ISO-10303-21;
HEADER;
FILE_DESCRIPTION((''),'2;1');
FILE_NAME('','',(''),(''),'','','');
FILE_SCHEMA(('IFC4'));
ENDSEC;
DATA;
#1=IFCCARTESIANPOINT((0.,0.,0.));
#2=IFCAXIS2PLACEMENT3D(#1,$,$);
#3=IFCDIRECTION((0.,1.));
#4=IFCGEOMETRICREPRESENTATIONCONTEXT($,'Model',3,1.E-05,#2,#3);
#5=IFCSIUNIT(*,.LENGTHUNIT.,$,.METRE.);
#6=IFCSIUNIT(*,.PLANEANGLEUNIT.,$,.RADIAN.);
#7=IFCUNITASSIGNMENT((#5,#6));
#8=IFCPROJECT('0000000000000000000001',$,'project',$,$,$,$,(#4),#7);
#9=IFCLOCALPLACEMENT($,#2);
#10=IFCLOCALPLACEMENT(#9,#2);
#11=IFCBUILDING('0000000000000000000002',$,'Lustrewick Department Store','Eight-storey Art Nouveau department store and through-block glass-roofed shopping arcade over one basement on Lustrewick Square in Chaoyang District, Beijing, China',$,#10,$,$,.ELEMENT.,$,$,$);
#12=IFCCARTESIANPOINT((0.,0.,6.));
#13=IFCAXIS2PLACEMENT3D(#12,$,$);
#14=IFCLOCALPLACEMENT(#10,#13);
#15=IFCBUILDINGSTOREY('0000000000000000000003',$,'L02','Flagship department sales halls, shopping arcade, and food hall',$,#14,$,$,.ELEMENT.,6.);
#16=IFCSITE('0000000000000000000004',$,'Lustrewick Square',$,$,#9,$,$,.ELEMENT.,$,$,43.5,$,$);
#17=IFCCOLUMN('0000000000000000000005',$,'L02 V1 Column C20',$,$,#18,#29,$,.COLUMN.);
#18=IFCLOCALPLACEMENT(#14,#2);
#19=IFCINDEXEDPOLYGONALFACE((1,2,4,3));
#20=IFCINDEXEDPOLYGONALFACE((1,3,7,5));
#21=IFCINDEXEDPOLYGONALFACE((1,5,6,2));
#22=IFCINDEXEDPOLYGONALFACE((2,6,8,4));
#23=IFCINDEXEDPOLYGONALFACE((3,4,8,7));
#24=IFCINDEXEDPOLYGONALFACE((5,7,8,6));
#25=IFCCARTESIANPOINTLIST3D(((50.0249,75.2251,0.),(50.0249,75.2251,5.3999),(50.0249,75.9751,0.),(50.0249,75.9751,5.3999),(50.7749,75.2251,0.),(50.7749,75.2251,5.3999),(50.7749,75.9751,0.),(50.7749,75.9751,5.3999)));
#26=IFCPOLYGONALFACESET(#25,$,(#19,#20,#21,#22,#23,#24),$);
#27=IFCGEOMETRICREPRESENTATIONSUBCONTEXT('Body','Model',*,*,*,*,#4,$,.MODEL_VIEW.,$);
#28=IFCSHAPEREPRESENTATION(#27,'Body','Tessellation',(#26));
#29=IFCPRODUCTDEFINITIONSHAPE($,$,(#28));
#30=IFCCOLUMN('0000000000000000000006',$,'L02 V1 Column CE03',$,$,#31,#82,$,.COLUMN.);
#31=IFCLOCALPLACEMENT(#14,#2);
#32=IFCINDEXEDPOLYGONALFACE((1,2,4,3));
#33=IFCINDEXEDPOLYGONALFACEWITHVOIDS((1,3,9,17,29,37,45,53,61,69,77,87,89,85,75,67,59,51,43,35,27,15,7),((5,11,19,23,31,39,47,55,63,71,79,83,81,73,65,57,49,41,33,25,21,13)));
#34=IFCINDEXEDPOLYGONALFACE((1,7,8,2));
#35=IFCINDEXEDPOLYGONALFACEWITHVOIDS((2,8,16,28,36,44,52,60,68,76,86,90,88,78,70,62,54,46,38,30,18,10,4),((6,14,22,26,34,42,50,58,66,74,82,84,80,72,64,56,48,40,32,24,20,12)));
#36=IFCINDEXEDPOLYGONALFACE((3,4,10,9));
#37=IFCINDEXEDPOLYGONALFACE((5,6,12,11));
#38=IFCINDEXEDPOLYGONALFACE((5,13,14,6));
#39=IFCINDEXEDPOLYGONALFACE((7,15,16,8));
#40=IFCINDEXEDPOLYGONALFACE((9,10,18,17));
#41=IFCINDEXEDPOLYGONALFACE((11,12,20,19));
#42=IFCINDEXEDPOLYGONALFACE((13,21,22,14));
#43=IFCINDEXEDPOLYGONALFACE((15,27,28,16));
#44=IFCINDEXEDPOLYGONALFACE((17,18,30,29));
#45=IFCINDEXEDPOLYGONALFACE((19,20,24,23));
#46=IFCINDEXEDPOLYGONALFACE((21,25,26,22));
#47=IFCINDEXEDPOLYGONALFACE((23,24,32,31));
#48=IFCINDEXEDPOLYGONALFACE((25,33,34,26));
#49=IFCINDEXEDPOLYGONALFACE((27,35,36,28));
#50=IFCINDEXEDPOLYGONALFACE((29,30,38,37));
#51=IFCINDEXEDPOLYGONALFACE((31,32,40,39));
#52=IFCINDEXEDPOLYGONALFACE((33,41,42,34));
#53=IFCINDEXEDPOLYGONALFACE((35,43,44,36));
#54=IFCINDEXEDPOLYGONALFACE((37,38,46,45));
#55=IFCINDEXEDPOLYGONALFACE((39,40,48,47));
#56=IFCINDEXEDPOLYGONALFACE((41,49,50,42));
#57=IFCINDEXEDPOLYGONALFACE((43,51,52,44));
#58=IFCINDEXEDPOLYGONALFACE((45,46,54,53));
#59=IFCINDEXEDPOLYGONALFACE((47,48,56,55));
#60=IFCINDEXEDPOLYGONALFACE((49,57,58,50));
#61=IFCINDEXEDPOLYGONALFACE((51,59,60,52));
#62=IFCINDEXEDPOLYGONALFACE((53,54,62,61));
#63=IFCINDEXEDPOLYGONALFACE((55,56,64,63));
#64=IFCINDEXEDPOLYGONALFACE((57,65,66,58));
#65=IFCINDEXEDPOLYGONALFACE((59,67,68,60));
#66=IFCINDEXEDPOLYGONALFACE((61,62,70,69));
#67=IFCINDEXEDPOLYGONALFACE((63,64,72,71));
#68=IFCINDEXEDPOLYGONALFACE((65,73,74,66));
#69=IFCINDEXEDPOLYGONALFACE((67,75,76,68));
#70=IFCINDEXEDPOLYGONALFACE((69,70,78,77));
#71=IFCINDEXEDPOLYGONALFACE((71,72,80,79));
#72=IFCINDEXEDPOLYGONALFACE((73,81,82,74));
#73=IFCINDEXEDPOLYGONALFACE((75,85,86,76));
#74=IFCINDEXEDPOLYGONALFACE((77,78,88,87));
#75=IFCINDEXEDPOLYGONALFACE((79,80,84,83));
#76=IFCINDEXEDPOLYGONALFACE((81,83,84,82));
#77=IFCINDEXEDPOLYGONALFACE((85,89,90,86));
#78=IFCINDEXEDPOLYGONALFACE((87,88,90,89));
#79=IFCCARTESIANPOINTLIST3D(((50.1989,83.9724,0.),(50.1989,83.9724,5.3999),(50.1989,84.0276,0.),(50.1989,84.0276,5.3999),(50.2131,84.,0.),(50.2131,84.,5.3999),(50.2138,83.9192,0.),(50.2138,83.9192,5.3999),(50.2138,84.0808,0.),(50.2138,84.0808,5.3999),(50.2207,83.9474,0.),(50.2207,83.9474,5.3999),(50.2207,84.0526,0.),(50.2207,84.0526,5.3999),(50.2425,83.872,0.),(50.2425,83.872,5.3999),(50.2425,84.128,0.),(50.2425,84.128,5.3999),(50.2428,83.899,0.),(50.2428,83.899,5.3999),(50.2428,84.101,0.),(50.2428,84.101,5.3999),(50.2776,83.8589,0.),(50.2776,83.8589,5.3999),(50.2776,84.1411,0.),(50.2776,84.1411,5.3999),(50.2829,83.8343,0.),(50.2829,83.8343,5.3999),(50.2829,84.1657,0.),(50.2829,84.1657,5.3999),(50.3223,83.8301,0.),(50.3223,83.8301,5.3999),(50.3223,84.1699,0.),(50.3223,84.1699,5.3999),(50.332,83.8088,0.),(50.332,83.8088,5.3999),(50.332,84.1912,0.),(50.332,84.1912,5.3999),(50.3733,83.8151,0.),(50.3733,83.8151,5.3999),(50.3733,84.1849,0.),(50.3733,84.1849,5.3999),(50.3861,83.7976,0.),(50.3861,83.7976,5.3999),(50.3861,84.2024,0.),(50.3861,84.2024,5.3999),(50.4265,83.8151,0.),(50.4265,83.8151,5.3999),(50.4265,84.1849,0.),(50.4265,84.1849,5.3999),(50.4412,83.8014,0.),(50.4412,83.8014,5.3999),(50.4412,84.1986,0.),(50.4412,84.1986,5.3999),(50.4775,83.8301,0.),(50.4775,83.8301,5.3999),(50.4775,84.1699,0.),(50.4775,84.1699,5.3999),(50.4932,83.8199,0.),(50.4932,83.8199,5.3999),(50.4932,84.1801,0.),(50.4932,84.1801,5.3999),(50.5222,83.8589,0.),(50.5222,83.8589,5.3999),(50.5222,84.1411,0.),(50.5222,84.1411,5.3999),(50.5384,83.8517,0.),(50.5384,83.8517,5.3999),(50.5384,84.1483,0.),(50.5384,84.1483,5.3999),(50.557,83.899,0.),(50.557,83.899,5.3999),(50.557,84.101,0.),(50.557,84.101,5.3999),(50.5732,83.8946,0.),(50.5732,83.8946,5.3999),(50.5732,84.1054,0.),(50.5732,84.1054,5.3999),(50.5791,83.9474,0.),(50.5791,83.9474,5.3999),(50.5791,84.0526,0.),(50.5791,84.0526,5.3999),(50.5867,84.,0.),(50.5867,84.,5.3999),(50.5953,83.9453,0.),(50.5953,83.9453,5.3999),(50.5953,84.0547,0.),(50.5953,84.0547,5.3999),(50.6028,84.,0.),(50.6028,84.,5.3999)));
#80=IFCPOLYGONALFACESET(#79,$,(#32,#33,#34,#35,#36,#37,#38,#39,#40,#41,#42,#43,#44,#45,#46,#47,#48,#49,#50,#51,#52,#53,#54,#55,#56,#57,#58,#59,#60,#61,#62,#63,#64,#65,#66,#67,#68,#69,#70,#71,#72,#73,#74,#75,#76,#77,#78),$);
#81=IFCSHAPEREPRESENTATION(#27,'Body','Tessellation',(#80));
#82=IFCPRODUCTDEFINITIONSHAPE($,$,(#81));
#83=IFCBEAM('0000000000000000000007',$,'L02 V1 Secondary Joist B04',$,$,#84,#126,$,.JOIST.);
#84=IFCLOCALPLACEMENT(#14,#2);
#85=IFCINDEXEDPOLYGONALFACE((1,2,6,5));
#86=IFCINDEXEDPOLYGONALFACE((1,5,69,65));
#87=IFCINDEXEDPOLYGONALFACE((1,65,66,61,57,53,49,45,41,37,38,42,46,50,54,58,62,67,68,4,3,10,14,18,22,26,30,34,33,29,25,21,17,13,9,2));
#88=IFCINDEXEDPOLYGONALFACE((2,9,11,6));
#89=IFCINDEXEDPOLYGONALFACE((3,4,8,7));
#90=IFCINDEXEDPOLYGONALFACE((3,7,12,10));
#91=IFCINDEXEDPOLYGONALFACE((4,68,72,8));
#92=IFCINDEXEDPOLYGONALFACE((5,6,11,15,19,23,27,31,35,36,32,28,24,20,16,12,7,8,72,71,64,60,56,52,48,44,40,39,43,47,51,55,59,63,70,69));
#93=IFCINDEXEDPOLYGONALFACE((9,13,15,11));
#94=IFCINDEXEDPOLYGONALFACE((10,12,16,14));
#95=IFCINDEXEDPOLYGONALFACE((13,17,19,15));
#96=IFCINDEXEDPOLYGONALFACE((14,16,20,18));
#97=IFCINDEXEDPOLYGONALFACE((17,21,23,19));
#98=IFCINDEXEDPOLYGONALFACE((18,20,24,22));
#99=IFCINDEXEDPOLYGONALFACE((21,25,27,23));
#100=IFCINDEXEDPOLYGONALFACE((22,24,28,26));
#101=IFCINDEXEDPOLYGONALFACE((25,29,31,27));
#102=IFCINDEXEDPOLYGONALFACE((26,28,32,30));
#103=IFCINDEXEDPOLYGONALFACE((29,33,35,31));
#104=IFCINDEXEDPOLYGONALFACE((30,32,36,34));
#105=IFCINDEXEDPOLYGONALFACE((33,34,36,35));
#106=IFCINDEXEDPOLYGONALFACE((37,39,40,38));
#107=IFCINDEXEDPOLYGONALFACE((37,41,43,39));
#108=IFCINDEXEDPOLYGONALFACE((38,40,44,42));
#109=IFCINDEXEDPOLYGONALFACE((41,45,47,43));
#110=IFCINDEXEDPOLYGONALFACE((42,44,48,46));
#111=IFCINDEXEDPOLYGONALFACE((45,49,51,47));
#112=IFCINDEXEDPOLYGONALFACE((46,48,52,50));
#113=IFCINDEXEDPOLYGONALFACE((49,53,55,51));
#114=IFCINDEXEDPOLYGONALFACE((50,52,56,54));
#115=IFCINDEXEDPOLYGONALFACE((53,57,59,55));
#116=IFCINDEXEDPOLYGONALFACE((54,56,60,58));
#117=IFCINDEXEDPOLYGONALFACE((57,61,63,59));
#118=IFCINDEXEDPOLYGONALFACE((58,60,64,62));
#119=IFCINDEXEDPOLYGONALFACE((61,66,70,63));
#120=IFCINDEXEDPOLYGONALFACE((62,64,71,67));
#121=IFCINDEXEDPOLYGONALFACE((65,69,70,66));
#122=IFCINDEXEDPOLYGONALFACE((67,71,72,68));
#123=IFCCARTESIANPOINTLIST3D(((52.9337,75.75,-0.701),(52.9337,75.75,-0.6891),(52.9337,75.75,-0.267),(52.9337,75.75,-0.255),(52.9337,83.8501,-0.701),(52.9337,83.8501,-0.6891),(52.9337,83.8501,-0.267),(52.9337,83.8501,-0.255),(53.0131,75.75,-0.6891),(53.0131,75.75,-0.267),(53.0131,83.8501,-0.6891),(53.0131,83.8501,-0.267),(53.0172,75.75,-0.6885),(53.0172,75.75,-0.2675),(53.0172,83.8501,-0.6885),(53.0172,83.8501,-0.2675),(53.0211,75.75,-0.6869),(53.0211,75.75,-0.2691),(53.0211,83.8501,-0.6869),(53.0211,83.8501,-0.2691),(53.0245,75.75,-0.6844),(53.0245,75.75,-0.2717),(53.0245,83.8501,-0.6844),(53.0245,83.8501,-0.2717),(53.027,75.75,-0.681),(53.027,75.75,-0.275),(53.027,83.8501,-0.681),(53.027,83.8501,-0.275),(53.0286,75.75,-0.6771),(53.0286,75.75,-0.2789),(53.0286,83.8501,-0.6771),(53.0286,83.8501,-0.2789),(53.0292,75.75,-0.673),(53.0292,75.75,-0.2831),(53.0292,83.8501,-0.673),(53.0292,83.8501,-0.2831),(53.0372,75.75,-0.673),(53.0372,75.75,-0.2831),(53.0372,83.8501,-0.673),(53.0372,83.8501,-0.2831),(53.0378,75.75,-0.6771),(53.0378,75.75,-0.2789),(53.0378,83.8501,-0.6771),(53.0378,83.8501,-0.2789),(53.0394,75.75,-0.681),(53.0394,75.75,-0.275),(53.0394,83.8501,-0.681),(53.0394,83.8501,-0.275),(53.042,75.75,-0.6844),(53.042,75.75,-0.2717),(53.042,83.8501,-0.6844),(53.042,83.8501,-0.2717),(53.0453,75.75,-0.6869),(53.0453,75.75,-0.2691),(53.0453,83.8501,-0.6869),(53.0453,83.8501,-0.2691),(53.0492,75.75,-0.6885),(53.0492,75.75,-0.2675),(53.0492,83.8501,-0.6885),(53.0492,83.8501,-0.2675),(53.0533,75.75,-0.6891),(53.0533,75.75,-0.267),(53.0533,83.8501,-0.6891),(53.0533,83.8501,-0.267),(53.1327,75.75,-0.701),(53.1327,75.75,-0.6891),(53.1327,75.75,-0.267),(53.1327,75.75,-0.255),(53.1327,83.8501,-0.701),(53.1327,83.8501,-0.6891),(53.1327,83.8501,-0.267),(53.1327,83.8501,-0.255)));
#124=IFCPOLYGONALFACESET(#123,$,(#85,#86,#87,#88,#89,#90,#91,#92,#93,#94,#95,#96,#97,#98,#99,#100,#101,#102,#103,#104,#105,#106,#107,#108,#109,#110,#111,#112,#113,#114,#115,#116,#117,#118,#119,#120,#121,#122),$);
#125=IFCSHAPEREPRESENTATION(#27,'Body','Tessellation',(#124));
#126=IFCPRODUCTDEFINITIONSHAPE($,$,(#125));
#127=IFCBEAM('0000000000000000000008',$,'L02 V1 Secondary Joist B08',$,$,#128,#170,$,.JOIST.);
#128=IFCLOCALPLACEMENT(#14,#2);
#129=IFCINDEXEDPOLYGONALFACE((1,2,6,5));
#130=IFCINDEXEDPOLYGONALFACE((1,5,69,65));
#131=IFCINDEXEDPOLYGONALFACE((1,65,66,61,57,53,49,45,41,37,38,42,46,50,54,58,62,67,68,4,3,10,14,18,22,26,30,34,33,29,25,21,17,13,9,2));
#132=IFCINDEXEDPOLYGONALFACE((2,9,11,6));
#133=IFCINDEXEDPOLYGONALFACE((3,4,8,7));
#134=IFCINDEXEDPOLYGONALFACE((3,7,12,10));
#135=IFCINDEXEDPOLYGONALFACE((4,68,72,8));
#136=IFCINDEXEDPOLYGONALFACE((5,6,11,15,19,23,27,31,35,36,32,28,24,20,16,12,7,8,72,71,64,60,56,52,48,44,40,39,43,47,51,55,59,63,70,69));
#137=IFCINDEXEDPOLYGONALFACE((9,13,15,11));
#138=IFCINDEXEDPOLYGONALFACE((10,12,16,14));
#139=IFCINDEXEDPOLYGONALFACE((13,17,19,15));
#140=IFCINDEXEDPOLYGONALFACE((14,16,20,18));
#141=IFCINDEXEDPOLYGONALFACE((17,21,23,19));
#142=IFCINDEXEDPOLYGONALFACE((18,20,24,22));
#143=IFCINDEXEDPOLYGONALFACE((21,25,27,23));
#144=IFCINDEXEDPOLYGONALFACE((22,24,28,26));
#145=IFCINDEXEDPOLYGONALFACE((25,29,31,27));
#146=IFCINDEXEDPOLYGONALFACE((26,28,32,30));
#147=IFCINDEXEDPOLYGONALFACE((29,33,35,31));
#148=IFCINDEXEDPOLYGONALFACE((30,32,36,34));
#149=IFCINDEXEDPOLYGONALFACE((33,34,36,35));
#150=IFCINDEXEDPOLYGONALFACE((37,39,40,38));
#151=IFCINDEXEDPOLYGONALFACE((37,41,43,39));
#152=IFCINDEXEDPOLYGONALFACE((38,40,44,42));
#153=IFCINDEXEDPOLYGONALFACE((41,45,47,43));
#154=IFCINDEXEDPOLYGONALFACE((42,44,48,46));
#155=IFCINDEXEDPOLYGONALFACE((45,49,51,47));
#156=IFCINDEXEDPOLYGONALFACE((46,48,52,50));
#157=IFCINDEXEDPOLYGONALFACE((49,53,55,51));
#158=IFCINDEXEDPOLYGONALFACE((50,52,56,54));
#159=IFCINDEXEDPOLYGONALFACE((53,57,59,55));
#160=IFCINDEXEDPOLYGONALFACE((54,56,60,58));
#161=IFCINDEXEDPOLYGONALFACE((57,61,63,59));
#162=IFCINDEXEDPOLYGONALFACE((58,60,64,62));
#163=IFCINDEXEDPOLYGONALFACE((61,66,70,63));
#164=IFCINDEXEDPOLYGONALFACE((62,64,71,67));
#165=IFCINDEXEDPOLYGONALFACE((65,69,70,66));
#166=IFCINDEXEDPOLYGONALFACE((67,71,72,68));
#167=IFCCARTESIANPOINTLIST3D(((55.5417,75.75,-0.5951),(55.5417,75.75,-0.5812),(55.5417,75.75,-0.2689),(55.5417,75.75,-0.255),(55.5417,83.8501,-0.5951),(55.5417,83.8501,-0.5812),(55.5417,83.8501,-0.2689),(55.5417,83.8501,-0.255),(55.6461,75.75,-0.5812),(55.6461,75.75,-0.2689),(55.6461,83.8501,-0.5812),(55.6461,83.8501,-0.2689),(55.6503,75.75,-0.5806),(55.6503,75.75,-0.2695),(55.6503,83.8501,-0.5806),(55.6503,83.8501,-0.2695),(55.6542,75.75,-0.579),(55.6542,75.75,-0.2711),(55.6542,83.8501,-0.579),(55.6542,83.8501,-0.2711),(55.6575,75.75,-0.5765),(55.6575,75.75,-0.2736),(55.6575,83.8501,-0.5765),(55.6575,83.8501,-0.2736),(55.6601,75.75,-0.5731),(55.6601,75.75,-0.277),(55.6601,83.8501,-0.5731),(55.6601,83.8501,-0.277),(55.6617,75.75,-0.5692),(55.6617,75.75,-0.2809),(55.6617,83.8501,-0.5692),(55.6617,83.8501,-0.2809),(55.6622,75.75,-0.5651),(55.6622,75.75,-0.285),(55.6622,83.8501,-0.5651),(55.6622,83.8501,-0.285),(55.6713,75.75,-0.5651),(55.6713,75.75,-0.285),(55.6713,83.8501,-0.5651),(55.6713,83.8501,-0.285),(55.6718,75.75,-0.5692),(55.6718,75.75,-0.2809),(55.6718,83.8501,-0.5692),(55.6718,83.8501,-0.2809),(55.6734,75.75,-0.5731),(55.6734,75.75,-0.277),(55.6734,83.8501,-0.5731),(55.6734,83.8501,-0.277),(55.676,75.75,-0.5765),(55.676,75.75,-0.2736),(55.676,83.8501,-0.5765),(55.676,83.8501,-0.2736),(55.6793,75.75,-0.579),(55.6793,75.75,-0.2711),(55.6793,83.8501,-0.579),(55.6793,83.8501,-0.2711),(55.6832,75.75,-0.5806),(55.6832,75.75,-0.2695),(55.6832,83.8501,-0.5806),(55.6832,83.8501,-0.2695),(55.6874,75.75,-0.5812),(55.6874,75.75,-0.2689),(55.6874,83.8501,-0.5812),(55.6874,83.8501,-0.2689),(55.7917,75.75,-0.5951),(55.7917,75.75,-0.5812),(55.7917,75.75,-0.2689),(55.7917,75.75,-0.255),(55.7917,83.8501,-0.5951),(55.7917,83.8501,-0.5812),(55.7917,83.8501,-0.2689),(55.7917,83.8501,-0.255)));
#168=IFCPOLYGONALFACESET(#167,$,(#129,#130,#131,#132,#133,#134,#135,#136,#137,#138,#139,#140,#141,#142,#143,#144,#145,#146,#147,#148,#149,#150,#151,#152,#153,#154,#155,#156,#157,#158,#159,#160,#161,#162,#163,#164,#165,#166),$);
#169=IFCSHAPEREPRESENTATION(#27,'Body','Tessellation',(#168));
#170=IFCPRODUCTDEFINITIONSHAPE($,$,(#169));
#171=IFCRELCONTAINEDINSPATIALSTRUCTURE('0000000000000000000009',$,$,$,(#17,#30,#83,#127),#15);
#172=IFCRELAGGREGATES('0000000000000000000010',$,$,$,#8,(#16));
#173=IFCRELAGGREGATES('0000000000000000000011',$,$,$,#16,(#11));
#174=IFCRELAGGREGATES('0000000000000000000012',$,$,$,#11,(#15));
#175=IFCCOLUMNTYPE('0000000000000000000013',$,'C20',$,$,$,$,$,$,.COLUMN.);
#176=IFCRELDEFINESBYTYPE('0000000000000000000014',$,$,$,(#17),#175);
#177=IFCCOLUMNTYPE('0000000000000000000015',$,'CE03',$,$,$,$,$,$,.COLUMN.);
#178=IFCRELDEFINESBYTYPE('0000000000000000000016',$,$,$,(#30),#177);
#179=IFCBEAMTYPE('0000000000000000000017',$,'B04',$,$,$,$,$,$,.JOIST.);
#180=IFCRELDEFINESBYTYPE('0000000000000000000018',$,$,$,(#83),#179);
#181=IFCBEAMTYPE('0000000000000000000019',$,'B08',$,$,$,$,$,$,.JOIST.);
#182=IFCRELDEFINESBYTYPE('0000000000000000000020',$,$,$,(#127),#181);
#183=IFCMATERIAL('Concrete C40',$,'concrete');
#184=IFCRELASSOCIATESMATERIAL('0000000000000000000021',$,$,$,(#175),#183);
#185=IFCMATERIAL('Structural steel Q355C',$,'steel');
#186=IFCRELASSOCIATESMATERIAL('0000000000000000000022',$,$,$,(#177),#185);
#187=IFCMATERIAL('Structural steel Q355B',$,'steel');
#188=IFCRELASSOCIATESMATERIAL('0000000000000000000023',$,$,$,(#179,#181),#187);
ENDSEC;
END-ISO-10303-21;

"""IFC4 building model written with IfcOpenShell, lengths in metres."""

from ifc_helpers import new_model, si_unit, direction, frame, origin, origin_2d, place, context, subcontext, project, spatial, rectangle, hollow_circle, i_section, extrude, material, material_profile, profile_set, type_object, element, save


model = new_model("IFC4")

# Units and contexts
model_context = context("Model", 3, precision=1e-05, world=origin(), true_north=direction((0.0, 1.0)))
body_context = subcontext(model_context, "Body", "Model", "MODEL_VIEW")
ifc_project = project(units=[si_unit("LENGTHUNIT", "METRE"), si_unit("PLANEANGLEUNIT", "RADIAN")], contexts=[model_context])

# Site, building, storey
site_placement = place(None, origin())
site = spatial("IfcSite", under=ifc_project, at=site_placement, Name="Lustrewick Square", CompositionType="ELEMENT", RefElevation=43.5)
building_placement = place(site_placement, origin())
building = spatial("IfcBuilding", under=site, at=building_placement, Name="Lustrewick Department Store", Description="Eight-storey Art Nouveau department store and through-block glass-roofed shopping arcade over one basement on Lustrewick Square in Chaoyang District, Beijing, China", CompositionType="ELEMENT")
storey_placement = place(building_placement, frame((0.0, 0.0, 6.0)))
storey = spatial("IfcBuildingStorey", under=building, at=storey_placement, Name="L02", Description="Flagship department sales halls, shopping arcade, and food hall", CompositionType="ELEMENT", Elevation=6.0)

# Columns
ifc_material_1 = material(Name="Concrete C40", Category="concrete")
ifc_material_profile_1 = material_profile(ifc_material_1, rectangle(XDim=0.75, YDim=0.75, at=origin_2d()), Name="RC 750x750")
ifc_profile_set_1 = profile_set([ifc_material_profile_1], Name="Concrete C40")
column_type_1 = type_object("IfcColumnType", Name="C20", PredefinedType="COLUMN", material=ifc_profile_set_1)
column_1_placement = place(storey_placement, frame((50.3999, 75.6001, 0.0), z_axis=(0.0, 0.0, 1.0), x_axis=(1.0, 0.0, 0.0)))
element("IfcColumn", 1, at=column_1_placement, inside=storey, type_object=column_type_1, Name="L02 V1 Column C20", PredefinedType="COLUMN", context=body_context, shape_type="SweptSolid", body=[
    extrude(rectangle(XDim=0.75, YDim=0.75, at=origin_2d()), origin(), (0.0, 0.0, 1.0), 5.3999),
])
ifc_material_2 = material(Name="Structural steel Q355C", Category="steel")
ifc_material_profile_2 = material_profile(ifc_material_2, hollow_circle(Radius=0.2029, WallThickness=0.0161, at=origin_2d()), Name="CHS 406x16")
ifc_profile_set_2 = profile_set([ifc_material_profile_2], Name="Structural steel Q355C")
column_type_2 = type_object("IfcColumnType", Name="CE03", PredefinedType="COLUMN", material=ifc_profile_set_2)
column_2_placement = place(storey_placement, frame((50.3999, 84.0, 0.0), z_axis=(0.0, 0.0, 1.0), x_axis=(1.0, 0.0, 0.0)))
element("IfcColumn", 2, at=column_2_placement, inside=storey, type_object=column_type_2, Name="L02 V1 Column CE03", PredefinedType="COLUMN", context=body_context, shape_type="SweptSolid", body=[
    extrude(hollow_circle(Radius=0.2029, WallThickness=0.0161, at=origin_2d()), origin(), (0.0, 0.0, 1.0), 5.3999),
])

# Beams
ifc_material_3 = material(Name="Structural steel Q355B", Category="steel")
ifc_material_profile_3 = material_profile(ifc_material_3, i_section(OverallWidth=0.199, OverallDepth=0.446, WebThickness=0.0081, FlangeThickness=0.012, FilletRadius=0.0161, at=origin_2d()), Name="HN 446x199x8x12")
ifc_profile_set_3 = profile_set([ifc_material_profile_3], Name="Structural steel Q355B")
beam_type_1 = type_object("IfcBeamType", Name="B04", PredefinedType="JOIST", material=ifc_profile_set_3)
beam_1_placement = place(storey_placement, frame((53.0332, 75.75, -0.478), z_axis=(0.0, 1.0, 0.0), x_axis=(-1.0, 0.0, 0.0)))
element("IfcBeam", 3, at=beam_1_placement, inside=storey, type_object=beam_type_1, Name="L02 V1 Secondary Joist B04", PredefinedType="JOIST", context=body_context, shape_type="SweptSolid", body=[
    extrude(i_section(OverallWidth=0.199, OverallDepth=0.446, WebThickness=0.0081, FlangeThickness=0.012, FilletRadius=0.0161, at=origin_2d()), origin(), (0.0, 0.0, 1.0), 8.1001),
])
ifc_material_profile_4 = material_profile(ifc_material_3, i_section(OverallWidth=0.25, OverallDepth=0.3401, WebThickness=0.009, FlangeThickness=0.0139, FilletRadius=0.0161, at=origin_2d()), Name="HM 340x250x9x14")
ifc_profile_set_4 = profile_set([ifc_material_profile_4], Name="Structural steel Q355B")
beam_type_2 = type_object("IfcBeamType", Name="B08", PredefinedType="JOIST", material=ifc_profile_set_4)
beam_2_placement = place(storey_placement, frame((55.6667, 75.75, -0.425), z_axis=(0.0, 1.0, 0.0), x_axis=(-1.0, 0.0, 0.0)))
element("IfcBeam", 4, at=beam_2_placement, inside=storey, type_object=beam_type_2, Name="L02 V1 Secondary Joist B08", PredefinedType="JOIST", context=body_context, shape_type="SweptSolid", body=[
    extrude(i_section(OverallWidth=0.25, OverallDepth=0.3401, WebThickness=0.009, FlangeThickness=0.0139, FilletRadius=0.0161, at=origin_2d()), origin(), (0.0, 0.0, 1.0), 8.1001),
])

save(model, "model.ifc")
